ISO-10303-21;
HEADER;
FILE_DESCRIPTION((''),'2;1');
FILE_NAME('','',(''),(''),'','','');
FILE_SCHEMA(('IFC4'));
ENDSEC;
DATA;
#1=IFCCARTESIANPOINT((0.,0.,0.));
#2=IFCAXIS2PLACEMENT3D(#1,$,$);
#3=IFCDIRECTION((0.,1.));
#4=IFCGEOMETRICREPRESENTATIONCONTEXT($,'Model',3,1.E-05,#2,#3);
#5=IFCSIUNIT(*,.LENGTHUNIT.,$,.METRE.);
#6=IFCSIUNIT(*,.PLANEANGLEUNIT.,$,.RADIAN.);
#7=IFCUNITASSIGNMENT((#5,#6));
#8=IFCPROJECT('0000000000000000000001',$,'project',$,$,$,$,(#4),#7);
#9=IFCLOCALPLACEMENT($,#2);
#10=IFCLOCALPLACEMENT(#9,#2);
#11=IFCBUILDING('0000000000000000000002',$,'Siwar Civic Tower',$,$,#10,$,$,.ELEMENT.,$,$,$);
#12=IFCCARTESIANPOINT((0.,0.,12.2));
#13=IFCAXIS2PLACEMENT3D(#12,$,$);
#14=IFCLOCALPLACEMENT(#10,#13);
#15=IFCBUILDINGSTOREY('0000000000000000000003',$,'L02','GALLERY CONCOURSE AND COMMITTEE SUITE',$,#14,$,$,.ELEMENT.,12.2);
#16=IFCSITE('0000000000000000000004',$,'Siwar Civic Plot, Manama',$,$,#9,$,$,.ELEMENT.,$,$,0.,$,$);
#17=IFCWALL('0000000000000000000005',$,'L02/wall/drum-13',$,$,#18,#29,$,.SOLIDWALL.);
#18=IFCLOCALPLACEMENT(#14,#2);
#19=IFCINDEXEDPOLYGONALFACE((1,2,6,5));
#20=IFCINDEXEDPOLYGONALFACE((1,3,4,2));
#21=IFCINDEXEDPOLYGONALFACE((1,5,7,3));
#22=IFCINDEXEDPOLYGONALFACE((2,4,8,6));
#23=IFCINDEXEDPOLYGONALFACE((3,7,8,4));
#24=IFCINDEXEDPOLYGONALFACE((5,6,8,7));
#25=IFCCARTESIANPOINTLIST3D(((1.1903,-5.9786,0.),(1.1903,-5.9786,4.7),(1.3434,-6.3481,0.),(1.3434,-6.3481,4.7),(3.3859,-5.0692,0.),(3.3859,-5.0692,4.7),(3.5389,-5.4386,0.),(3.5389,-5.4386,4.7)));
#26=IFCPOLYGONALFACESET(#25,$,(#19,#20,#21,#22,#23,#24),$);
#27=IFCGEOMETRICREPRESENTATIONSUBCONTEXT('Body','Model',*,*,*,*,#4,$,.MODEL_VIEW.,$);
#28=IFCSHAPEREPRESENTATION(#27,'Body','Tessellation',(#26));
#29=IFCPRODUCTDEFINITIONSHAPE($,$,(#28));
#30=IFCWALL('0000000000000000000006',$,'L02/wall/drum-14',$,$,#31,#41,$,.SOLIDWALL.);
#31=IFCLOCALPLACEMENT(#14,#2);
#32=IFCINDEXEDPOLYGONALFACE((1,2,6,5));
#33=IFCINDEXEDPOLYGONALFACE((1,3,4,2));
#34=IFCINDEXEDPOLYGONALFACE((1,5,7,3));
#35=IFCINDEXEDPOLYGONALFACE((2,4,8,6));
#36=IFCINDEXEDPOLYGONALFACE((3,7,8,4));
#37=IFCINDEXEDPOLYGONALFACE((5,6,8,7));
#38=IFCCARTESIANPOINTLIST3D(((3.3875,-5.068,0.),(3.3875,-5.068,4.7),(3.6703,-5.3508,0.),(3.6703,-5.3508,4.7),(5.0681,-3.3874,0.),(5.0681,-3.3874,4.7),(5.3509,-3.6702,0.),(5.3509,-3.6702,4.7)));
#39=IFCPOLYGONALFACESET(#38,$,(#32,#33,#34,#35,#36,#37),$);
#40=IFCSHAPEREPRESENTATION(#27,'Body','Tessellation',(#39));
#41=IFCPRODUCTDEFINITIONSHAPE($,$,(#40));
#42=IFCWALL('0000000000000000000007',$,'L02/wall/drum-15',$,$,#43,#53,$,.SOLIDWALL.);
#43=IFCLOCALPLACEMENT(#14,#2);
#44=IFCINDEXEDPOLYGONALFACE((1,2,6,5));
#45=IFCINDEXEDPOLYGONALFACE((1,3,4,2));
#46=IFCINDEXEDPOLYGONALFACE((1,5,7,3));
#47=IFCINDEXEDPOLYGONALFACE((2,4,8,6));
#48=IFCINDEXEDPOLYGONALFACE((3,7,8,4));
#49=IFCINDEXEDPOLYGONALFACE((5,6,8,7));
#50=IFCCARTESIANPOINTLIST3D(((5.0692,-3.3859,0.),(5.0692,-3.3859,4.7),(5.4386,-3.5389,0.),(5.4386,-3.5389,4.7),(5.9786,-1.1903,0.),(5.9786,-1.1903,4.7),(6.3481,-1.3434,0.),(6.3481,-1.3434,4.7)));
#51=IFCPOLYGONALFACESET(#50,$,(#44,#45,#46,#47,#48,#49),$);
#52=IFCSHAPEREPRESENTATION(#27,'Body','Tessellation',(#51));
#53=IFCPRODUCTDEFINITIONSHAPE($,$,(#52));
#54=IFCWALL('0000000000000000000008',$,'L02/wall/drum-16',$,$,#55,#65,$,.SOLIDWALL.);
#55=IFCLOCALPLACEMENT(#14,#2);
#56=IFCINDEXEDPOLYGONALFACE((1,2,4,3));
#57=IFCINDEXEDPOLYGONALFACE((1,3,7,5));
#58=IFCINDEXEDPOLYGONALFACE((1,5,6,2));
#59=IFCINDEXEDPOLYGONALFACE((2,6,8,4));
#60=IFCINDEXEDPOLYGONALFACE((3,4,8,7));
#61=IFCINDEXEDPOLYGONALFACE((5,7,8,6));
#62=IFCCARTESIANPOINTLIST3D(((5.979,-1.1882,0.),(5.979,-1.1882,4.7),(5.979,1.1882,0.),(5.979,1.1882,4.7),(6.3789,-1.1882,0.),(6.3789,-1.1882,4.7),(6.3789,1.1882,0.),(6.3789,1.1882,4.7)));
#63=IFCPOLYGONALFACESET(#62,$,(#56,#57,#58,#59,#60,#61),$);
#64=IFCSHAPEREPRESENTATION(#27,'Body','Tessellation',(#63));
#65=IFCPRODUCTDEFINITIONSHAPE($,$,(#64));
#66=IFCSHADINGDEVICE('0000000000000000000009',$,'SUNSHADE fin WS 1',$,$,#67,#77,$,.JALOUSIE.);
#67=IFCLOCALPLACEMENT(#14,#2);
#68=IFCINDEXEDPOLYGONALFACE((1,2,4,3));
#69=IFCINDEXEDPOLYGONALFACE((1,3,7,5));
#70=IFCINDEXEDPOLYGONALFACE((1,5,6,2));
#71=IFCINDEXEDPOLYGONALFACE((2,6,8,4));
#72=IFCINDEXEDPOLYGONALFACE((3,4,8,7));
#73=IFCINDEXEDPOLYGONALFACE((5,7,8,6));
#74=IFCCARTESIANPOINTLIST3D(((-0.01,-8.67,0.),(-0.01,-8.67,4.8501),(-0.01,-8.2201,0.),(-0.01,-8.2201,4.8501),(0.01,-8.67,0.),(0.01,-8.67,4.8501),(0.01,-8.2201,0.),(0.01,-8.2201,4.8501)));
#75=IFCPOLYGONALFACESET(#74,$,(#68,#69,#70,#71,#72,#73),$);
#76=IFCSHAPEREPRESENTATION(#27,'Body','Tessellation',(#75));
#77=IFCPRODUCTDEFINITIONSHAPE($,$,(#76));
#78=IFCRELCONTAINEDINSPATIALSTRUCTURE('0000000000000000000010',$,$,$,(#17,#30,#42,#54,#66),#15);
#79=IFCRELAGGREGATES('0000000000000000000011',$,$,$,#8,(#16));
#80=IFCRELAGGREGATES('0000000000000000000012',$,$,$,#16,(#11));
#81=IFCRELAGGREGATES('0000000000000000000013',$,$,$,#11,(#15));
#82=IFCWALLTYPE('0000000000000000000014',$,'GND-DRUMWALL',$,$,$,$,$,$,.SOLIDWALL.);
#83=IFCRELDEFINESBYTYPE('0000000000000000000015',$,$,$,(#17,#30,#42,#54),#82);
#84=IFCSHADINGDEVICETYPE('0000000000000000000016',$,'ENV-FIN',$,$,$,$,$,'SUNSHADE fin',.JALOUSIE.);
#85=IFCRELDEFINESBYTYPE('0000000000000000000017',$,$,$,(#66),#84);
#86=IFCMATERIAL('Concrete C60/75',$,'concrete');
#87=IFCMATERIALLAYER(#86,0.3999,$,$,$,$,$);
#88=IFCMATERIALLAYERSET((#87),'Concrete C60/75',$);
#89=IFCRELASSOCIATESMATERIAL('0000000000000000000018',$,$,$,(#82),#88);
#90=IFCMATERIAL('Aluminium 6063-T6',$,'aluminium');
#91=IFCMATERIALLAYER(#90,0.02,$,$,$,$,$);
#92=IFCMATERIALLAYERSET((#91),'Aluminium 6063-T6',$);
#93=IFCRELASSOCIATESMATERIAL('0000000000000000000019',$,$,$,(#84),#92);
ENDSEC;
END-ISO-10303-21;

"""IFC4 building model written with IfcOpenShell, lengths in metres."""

from ifc_helpers import new_model, si_unit, direction, frame, frame_2d, origin, origin_2d, place, context, subcontext, project, spatial, rectangle, extrude, material, layer, layer_set, type_object, element, save


model = new_model("IFC4")

# Units and contexts
model_context = context("Model", 3, precision=1e-05, world=origin(), true_north=direction((0.0, 1.0)))
body_context = subcontext(model_context, "Body", "Model", "MODEL_VIEW")
ifc_project = project(units=[si_unit("LENGTHUNIT", "METRE"), si_unit("PLANEANGLEUNIT", "RADIAN")], contexts=[model_context])

# Site, building, storey
site_placement = place(None, origin())
site = spatial("IfcSite", under=ifc_project, at=site_placement, Name="Siwar Civic Plot, Manama", CompositionType="ELEMENT", RefElevation=0.0)
building_placement = place(site_placement, origin())
building = spatial("IfcBuilding", under=site, at=building_placement, Name="Siwar Civic Tower", CompositionType="ELEMENT")
storey_placement = place(building_placement, frame((0.0, 0.0, 12.2)))
storey = spatial("IfcBuildingStorey", under=building, at=storey_placement, Name="L02", Description="GALLERY CONCOURSE AND COMMITTEE SUITE", CompositionType="ELEMENT", Elevation=12.2)

# Walls
ifc_material_1 = material(Name="Concrete C60/75", Category="concrete")
ifc_layer_1 = layer(ifc_material_1, 0.3999)
ifc_layer_set_1 = layer_set([ifc_layer_1], Name="Concrete C60/75")
wall_type_1 = type_object("IfcWallType", Name="GND-DRUMWALL", PredefinedType="SOLIDWALL", material=ifc_layer_set_1)
wall_1_placement = place(storey_placement, frame((1.2668, -6.1633, 0.0), z_axis=(0.0, 0.0, 1.0), x_axis=(0.92388, 0.382681, 0.0)))
element("IfcWall", 1, at=wall_1_placement, inside=storey, type_object=wall_type_1, Name="L02/wall/drum-13", PredefinedType="SOLIDWALL", context=body_context, shape_type="SweptSolid", body=[
    extrude(rectangle(XDim=2.3765, YDim=0.3999, at=frame_2d((1.1882, 0.0))), origin(), (0.0, 0.0, 1.0), 4.7),
])
wall_2_placement = place(storey_placement, frame((3.5288, -5.2095, 0.0), z_axis=(0.0, 0.0, 1.0), x_axis=(0.707107, 0.707107, 0.0)))
element("IfcWall", 2, at=wall_2_placement, inside=storey, type_object=wall_type_1, Name="L02/wall/drum-14", PredefinedType="SOLIDWALL", context=body_context, shape_type="SweptSolid", body=[
    extrude(rectangle(XDim=2.3767, YDim=0.3999, at=frame_2d((1.1885, 0.0))), origin(), (0.0, 0.0, 1.0), 4.7),
])
for number, where, z_axis, x_axis, name in (
    (3, (5.2539, -3.4624, 0.0), (0.0, 0.0, 1.0), (0.382681, 0.92388, 0.0), "L02/wall/drum-15"),
    (4, (6.179, -1.1882, 0.0), (0.0, 0.0, 1.0), (0.0, 1.0, 0.0), "L02/wall/drum-16"),
):
    element("IfcWall", number, at=place(storey_placement, frame(where, z_axis=z_axis, x_axis=x_axis)), inside=storey, type_object=wall_type_1, Name=name, PredefinedType="SOLIDWALL", context=body_context, shape_type="SweptSolid", body=[
        extrude(rectangle(XDim=2.3765, YDim=0.3999, at=frame_2d((1.1882, 0.0))), origin(), (0.0, 0.0, 1.0), 4.7),
    ])

# Shading device
ifc_material_2 = material(Name="Aluminium 6063-T6", Category="aluminium")
ifc_layer_2 = layer(ifc_material_2, 0.02)
ifc_layer_set_2 = layer_set([ifc_layer_2], Name="Aluminium 6063-T6")
shading_device_type = type_object("IfcShadingDeviceType", Name="ENV-FIN", ElementType="SUNSHADE fin", PredefinedType="JALOUSIE", material=ifc_layer_set_2)
shading_device_placement = place(storey_placement, frame((0.0, -8.4451, 0.0), z_axis=(0.0, 0.0, 1.0), x_axis=(1.0, 0.0, 0.0)))
element("IfcShadingDevice", 5, at=shading_device_placement, inside=storey, type_object=shading_device_type, Name="SUNSHADE fin WS 1", PredefinedType="JALOUSIE", context=body_context, shape_type="SweptSolid", body=[
    extrude(rectangle(XDim=0.02, YDim=0.45, at=origin_2d()), origin(), (0.0, 0.0, 1.0), 4.8501),
])

save(model, "model.ifc")
